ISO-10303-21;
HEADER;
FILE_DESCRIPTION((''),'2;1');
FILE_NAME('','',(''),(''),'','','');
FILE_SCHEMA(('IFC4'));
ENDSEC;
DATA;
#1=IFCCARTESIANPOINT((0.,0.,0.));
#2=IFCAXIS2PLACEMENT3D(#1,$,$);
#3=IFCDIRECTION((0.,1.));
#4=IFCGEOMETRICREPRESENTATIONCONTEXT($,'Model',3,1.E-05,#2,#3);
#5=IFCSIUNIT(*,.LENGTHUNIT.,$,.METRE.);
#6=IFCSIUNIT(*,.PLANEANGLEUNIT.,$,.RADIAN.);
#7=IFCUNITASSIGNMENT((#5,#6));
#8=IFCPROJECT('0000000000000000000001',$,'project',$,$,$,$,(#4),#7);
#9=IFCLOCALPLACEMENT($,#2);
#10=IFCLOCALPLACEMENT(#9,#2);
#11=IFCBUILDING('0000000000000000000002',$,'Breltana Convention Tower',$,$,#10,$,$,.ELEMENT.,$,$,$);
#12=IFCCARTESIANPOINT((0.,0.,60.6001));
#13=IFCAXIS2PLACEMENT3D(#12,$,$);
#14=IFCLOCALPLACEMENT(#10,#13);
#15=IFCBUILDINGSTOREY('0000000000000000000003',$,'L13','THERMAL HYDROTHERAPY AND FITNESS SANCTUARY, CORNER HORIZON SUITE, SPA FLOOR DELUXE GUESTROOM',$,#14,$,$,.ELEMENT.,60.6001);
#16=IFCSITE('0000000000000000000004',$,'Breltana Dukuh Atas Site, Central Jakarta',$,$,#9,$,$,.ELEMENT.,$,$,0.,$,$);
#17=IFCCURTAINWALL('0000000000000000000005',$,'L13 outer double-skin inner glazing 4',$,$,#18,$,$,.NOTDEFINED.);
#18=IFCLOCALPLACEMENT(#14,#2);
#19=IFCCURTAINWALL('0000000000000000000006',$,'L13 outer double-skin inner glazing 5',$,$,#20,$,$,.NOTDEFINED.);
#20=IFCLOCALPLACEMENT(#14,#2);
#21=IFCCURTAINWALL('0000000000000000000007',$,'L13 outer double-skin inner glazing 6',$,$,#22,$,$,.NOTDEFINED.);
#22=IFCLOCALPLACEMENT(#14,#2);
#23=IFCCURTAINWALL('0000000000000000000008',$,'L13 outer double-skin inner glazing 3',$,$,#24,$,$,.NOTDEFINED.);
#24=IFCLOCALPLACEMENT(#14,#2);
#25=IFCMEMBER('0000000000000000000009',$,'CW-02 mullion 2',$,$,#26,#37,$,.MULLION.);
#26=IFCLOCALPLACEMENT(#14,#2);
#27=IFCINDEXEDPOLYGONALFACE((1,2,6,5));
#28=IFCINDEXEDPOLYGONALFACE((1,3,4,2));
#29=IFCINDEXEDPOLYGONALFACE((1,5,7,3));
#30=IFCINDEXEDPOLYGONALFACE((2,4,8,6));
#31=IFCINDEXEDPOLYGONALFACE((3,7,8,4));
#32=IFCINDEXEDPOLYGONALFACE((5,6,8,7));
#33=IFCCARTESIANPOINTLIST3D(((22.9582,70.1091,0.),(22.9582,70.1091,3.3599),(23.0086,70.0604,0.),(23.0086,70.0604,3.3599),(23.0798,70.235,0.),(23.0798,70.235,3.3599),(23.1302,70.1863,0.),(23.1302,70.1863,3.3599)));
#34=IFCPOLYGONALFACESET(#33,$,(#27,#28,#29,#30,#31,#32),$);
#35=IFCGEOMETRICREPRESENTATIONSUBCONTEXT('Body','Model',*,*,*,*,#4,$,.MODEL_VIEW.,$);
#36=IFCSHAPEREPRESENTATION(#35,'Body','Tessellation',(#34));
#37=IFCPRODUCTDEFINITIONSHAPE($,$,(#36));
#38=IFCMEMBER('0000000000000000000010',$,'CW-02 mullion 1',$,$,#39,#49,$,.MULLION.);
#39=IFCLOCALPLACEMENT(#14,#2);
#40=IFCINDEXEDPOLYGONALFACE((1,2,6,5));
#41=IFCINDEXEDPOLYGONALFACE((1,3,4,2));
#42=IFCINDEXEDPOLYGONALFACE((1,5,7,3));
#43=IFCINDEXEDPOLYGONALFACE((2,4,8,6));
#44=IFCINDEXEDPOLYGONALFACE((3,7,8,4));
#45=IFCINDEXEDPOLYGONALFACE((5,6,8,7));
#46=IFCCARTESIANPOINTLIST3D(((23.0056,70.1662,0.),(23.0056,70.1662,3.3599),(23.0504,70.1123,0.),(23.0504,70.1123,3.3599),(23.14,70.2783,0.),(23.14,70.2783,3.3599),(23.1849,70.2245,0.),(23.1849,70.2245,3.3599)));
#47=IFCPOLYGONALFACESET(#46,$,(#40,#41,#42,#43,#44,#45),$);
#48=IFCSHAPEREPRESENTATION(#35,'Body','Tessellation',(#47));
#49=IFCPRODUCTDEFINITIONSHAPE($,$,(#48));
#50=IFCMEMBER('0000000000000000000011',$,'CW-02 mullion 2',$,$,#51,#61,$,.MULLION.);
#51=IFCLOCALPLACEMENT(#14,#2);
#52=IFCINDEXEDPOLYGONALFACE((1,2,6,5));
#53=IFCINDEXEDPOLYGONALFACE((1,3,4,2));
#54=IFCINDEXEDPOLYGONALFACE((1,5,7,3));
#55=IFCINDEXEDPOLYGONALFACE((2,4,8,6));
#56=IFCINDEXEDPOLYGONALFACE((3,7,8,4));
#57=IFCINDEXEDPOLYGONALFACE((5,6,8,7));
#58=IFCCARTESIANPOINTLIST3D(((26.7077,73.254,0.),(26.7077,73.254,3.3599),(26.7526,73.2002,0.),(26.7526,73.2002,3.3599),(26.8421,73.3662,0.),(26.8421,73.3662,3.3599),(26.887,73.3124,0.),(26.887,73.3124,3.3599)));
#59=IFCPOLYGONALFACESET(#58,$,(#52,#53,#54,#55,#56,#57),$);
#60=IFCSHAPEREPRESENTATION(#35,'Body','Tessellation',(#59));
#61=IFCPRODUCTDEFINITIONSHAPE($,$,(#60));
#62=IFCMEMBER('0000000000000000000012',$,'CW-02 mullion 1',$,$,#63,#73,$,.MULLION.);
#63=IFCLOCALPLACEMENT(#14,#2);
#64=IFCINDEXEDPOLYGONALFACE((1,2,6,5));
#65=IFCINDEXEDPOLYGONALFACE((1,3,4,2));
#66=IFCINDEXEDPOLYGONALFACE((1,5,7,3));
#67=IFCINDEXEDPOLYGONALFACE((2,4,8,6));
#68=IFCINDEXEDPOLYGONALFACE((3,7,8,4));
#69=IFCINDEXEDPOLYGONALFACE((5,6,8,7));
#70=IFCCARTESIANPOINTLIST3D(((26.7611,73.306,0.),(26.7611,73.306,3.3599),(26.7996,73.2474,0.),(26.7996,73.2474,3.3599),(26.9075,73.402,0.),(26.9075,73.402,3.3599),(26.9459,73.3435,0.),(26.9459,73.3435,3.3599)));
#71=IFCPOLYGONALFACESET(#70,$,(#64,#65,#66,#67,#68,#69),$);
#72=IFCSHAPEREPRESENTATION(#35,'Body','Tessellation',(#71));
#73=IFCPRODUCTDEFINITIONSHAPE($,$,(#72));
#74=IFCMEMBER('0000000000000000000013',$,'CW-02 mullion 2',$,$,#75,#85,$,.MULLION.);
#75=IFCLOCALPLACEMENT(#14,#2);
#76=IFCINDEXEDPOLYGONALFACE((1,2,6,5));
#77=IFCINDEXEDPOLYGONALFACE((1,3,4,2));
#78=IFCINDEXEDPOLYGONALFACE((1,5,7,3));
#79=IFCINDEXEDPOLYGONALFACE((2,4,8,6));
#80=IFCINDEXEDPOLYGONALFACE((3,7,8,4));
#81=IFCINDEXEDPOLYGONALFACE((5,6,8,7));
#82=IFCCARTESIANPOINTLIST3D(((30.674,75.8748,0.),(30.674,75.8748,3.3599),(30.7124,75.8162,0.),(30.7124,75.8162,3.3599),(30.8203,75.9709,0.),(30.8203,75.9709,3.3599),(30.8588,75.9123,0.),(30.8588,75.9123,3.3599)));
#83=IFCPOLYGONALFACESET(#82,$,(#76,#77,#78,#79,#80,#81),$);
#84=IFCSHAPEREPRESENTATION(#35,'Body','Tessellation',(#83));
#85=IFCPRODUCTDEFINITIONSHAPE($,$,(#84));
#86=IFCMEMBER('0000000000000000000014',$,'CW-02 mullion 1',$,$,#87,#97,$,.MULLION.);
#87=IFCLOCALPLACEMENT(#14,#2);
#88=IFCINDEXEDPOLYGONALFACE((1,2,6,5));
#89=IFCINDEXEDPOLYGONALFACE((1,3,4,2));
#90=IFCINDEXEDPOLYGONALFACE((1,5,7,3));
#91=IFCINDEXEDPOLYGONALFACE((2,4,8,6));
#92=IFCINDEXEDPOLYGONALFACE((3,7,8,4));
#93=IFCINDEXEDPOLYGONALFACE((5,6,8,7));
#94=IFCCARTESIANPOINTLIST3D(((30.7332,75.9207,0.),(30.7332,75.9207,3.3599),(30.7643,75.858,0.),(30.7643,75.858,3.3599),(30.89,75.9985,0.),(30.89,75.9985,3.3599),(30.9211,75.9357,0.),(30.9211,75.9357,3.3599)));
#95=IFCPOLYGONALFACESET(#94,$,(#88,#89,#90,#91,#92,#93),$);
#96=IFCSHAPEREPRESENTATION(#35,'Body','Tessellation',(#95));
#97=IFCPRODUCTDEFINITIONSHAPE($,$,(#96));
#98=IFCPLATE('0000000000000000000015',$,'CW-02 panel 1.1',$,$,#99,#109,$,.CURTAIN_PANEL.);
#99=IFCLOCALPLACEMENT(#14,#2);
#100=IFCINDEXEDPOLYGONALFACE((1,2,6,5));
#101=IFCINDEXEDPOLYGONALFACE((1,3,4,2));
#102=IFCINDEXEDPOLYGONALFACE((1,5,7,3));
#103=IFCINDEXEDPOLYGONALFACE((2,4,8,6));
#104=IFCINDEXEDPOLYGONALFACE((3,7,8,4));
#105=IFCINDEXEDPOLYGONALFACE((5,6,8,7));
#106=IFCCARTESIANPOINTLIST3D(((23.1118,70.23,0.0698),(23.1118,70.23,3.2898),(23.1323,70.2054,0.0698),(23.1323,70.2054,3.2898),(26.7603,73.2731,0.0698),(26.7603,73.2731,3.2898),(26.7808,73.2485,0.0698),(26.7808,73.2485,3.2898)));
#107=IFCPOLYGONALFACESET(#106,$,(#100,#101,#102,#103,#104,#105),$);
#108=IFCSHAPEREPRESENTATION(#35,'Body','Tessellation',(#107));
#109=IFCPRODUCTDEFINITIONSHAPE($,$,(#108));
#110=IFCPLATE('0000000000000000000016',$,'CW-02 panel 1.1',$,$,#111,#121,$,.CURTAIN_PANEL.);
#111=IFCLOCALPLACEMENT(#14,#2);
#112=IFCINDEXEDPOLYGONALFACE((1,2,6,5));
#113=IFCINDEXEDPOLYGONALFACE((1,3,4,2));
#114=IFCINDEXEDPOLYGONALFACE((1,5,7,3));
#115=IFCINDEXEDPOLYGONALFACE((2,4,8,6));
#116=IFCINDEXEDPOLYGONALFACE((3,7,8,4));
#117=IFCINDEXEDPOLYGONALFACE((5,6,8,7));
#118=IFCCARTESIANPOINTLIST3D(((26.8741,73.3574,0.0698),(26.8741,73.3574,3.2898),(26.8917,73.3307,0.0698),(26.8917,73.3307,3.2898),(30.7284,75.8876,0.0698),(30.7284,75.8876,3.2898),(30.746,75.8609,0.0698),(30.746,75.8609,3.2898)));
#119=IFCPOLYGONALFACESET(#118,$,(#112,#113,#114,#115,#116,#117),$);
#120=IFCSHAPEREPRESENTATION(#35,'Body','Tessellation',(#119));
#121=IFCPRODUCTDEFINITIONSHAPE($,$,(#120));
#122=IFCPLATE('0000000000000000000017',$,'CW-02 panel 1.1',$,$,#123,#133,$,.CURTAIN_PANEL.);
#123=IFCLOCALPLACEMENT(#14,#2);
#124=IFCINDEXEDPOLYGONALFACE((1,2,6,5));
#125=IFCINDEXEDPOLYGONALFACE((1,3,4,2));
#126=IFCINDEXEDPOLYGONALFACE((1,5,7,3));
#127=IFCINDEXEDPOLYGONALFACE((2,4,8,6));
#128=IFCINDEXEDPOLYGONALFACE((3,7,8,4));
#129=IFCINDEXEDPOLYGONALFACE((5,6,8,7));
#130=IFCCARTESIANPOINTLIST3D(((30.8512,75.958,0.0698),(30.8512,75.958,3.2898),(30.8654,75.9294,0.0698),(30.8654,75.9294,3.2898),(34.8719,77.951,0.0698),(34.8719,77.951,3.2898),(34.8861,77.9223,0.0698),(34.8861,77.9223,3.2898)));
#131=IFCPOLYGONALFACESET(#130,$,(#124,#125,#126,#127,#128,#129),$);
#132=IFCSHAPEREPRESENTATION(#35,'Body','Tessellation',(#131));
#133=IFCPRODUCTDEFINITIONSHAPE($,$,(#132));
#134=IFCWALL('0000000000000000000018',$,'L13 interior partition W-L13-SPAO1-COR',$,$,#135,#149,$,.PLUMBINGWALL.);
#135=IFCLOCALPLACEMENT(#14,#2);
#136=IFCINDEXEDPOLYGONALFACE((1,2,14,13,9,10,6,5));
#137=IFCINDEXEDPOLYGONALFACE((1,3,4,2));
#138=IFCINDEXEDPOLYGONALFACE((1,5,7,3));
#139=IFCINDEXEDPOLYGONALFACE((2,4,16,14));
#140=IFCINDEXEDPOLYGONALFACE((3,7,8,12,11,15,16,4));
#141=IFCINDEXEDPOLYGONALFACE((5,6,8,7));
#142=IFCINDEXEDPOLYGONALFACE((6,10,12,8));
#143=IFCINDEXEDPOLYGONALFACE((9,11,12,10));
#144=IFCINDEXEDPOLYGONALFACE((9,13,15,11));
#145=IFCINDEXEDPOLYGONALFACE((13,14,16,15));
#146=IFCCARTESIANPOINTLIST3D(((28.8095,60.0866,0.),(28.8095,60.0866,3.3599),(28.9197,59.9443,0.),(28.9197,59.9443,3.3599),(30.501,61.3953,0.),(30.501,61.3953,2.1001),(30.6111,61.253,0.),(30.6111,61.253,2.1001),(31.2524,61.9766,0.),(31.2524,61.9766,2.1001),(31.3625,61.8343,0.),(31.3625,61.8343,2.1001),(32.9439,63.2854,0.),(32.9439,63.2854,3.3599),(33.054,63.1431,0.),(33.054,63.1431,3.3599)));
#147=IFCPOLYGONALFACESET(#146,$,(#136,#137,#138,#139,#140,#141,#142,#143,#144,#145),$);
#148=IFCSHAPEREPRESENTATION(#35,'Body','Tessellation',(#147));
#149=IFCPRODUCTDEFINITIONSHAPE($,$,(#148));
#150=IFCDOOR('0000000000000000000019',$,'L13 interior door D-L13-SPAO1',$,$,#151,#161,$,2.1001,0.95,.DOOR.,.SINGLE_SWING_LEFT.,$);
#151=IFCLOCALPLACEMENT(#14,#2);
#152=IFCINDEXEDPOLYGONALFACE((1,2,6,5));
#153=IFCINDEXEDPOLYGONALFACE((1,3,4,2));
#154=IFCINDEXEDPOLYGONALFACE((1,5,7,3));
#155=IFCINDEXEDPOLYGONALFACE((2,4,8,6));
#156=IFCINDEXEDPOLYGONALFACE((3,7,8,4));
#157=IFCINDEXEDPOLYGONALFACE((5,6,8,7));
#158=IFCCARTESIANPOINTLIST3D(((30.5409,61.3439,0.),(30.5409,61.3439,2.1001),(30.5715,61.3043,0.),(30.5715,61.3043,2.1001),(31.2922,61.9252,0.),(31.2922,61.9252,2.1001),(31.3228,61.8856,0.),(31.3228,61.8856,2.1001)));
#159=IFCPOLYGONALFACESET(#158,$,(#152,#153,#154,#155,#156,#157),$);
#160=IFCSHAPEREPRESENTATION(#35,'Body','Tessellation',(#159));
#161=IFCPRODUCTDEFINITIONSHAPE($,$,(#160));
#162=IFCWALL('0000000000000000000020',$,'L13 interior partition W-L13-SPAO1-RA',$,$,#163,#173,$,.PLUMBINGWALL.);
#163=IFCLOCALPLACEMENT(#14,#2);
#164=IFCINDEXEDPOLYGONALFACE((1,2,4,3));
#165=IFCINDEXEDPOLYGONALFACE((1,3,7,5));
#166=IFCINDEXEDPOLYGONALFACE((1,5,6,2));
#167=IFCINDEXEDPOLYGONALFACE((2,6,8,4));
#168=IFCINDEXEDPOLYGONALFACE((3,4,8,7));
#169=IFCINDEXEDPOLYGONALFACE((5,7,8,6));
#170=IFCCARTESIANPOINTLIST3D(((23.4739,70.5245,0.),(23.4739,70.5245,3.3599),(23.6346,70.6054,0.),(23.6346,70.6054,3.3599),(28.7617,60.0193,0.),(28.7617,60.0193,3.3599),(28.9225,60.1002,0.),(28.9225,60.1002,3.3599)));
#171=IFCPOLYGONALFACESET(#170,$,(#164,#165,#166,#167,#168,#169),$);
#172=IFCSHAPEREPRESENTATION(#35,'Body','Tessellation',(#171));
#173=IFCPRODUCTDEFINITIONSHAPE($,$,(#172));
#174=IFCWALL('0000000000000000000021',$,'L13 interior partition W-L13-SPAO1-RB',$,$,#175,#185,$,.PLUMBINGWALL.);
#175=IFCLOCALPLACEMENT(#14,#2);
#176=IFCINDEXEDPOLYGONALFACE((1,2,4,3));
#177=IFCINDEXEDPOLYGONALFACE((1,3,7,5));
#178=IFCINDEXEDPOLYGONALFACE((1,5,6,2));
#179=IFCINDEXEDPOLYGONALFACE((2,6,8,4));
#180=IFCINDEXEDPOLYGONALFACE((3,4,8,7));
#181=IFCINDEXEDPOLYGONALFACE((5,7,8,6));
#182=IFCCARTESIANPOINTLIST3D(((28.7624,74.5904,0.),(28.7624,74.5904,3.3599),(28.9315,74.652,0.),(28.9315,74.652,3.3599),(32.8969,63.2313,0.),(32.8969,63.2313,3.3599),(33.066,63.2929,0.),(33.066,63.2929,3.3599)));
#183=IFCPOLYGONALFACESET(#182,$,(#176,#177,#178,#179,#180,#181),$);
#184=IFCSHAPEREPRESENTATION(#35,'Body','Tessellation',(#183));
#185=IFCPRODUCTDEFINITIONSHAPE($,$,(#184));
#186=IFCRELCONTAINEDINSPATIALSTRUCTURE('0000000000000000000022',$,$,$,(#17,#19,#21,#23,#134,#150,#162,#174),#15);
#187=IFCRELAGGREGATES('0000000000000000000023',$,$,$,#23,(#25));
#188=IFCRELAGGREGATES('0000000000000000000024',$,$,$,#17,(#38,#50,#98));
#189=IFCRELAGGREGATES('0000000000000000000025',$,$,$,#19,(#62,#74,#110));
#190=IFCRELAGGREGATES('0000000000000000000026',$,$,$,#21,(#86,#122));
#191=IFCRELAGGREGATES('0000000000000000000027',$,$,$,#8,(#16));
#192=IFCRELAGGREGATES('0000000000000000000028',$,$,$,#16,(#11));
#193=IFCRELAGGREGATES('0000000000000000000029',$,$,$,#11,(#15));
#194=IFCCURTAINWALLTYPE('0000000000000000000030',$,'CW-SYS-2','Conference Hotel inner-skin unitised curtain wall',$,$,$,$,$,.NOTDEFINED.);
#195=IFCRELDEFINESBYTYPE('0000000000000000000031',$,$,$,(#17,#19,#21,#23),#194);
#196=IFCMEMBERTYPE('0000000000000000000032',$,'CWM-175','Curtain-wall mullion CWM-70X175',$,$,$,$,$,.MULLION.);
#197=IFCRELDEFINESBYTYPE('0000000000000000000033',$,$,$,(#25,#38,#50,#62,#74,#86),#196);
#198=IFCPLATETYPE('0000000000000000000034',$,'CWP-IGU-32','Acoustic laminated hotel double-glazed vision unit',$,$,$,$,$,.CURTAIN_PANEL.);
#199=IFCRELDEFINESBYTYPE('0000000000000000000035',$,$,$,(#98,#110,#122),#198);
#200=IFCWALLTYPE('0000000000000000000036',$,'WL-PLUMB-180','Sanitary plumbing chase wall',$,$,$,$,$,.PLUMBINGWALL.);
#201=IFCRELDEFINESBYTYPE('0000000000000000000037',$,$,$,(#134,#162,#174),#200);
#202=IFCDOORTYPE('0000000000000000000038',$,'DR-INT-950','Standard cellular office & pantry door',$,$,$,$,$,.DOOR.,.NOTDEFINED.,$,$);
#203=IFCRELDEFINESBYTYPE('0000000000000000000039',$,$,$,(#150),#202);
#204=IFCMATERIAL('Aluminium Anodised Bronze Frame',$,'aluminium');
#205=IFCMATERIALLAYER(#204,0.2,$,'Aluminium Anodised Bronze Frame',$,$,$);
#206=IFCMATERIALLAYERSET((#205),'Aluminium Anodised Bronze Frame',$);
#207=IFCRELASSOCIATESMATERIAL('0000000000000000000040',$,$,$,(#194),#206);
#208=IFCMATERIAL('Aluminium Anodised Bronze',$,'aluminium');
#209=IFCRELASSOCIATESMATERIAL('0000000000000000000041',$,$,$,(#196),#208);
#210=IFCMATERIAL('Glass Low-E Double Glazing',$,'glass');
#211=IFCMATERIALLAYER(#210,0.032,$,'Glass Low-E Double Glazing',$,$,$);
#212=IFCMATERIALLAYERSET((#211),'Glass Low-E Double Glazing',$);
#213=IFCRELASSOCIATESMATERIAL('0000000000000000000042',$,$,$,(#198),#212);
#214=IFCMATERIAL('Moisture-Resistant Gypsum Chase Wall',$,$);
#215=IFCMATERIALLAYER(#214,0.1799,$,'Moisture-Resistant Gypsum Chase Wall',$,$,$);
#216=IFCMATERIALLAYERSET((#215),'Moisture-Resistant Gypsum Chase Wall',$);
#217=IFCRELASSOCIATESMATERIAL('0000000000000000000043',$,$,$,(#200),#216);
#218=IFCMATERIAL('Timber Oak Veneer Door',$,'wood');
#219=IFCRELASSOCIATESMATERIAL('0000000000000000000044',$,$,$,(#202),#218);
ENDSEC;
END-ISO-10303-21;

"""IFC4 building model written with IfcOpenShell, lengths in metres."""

from ifc_helpers import new_model, si_unit, direction, frame, frame_2d, origin, origin_2d, place, context, subcontext, project, spatial, rectangle, extrude, source, transform, mapped, material, layer, layer_set, material_profile, profile_set, type_object, type_shapes, element, fill, aggregate, save


model = new_model("IFC4")

# Units and contexts
model_context = context("Model", 3, precision=1e-05, world=origin(), true_north=direction((0.0, 1.0)))
body_context = subcontext(model_context, "Body", "Model", "MODEL_VIEW")
ifc_project = project(units=[si_unit("LENGTHUNIT", "METRE"), si_unit("PLANEANGLEUNIT", "RADIAN")], contexts=[model_context])

# Site, building, storey
site_placement = place(None, origin())
site = spatial("IfcSite", under=ifc_project, at=site_placement, Name="Breltana Dukuh Atas Site, Central Jakarta", CompositionType="ELEMENT", RefElevation=0.0)
building_placement = place(site_placement, origin())
building = spatial("IfcBuilding", under=site, at=building_placement, Name="Breltana Convention Tower", CompositionType="ELEMENT")
storey_placement = place(building_placement, frame((0.0, 0.0, 60.6001)))
storey = spatial("IfcBuildingStorey", under=building, at=storey_placement, Name="L13", Description="THERMAL HYDROTHERAPY AND FITNESS SANCTUARY, CORNER HORIZON SUITE, SPA FLOOR DELUXE GUESTROOM", CompositionType="ELEMENT", Elevation=60.6001)

# Curtain walls
ifc_material_1 = material(Name="Aluminium Anodised Bronze Frame", Category="aluminium")
ifc_layer_1 = layer(ifc_material_1, 0.2, Name="Aluminium Anodised Bronze Frame")
ifc_layer_set_1 = layer_set([ifc_layer_1], Name="Aluminium Anodised Bronze Frame")
curtain_wall_type = type_object("IfcCurtainWallType", Name="CW-SYS-2", Description="Conference Hotel inner-skin unitised curtain wall", PredefinedType="NOTDEFINED", material=ifc_layer_set_1)
curtain_wall_1_placement = place(storey_placement, origin())
curtain_wall_1 = element("IfcCurtainWall", 1, at=curtain_wall_1_placement, inside=storey, type_object=curtain_wall_type, Name="L13 outer double-skin inner glazing 4", PredefinedType="NOTDEFINED")
ifc_material_2 = material(Name="Aluminium Anodised Bronze", Category="aluminium")
curtain_wall_2_placement = place(storey_placement, origin())
curtain_wall_2 = element("IfcCurtainWall", 2, at=curtain_wall_2_placement, inside=storey, type_object=curtain_wall_type, Name="L13 outer double-skin inner glazing 5", PredefinedType="NOTDEFINED")
curtain_wall_3_placement = place(storey_placement, origin())
curtain_wall_3 = element("IfcCurtainWall", 3, at=curtain_wall_3_placement, inside=storey, type_object=curtain_wall_type, Name="L13 outer double-skin inner glazing 6", PredefinedType="NOTDEFINED")

# Curtain wall, member
curtain_wall_4_placement = place(storey_placement, origin())
curtain_wall_4 = element("IfcCurtainWall", 4, at=curtain_wall_4_placement, inside=storey, type_object=curtain_wall_type, Name="L13 outer double-skin inner glazing 3", PredefinedType="NOTDEFINED")
ifc_material_profile_1 = material_profile(ifc_material_2, rectangle(XDim=0.0701, YDim=0.175, at=origin_2d()), Name="CWM-70X175")
ifc_profile_set_1 = profile_set([ifc_material_profile_1], Name="Aluminium Anodised Bronze")
member_type_1 = type_object("IfcMemberType", Name="CWM-175", Description="Curtain-wall mullion CWM-70X175", PredefinedType="MULLION", material=ifc_profile_set_1)
shared_shape_1 = source(origin(), body_context, "Body", "SweptSolid", [
    extrude(rectangle(XDim=0.0701, YDim=0.175, at=origin_2d()), origin(), (0.0, 0.0, 1.0), 3.3599),
])
member_1_placement = place(storey_placement, frame((23.0442, 70.1477, 0.0), z_axis=(0.0, 0.0, 1.0), x_axis=(-0.719386, 0.69461, 0.0)))
member_1 = element("IfcMember", 5, at=member_1_placement, type_object=member_type_1, Name="CW-02 mullion 2", PredefinedType="MULLION", context=body_context, shape_type="MappedRepresentation", body=[
    mapped(shared_shape_1, transform((0.0, 0.0, 0.0), scale=1.0)),
])
aggregate(curtain_wall_4, [member_1])

# Members
member_2_placement = place(storey_placement, frame((23.0952, 70.1953, 0.0), z_axis=(0.0, 0.0, 1.0), x_axis=(-0.64052, 0.767941, 0.0)))
member_2 = element("IfcMember", 6, at=member_2_placement, type_object=member_type_1, Name="CW-02 mullion 1", PredefinedType="MULLION", context=body_context, shape_type="MappedRepresentation", body=[
    mapped(shared_shape_1, transform((0.0, 0.0, 0.0), scale=1.0)),
])
member_3_placement = place(storey_placement, frame((26.7974, 73.2832, 0.0), z_axis=(0.0, 0.0, 1.0), x_axis=(-0.64052, 0.767941, 0.0)))
member_3 = element("IfcMember", 7, at=member_3_placement, type_object=member_type_1, Name="CW-02 mullion 2", PredefinedType="MULLION", context=body_context, shape_type="MappedRepresentation", body=[
    mapped(shared_shape_1, transform((0.0, 0.0, 0.0), scale=1.0)),
])
member_4_placement = place(storey_placement, frame((26.8535, 73.3247, 0.0), z_axis=(0.0, 0.0, 1.0), x_axis=(-0.548784, 0.835964, 0.0)))
member_4 = element("IfcMember", 8, at=member_4_placement, type_object=member_type_1, Name="CW-02 mullion 1", PredefinedType="MULLION", context=body_context, shape_type="MappedRepresentation", body=[
    mapped(shared_shape_1, transform((0.0, 0.0, 0.0), scale=1.0)),
])
member_5_placement = place(storey_placement, frame((30.7664, 75.8936, 0.0), z_axis=(0.0, 0.0, 1.0), x_axis=(-0.548784, 0.835964, 0.0)))
member_5 = element("IfcMember", 9, at=member_5_placement, type_object=member_type_1, Name="CW-02 mullion 2", PredefinedType="MULLION", context=body_context, shape_type="MappedRepresentation", body=[
    mapped(shared_shape_1, transform((0.0, 0.0, 0.0), scale=1.0)),
])
member_6_placement = place(storey_placement, frame((30.8271, 75.9282, 0.0), z_axis=(0.0, 0.0, 1.0), x_axis=(-0.444108, 0.895973, 0.0)))
member_6 = element("IfcMember", 10, at=member_6_placement, type_object=member_type_1, Name="CW-02 mullion 1", PredefinedType="MULLION", context=body_context, shape_type="MappedRepresentation", body=[
    mapped(shared_shape_1, transform((0.0, 0.0, 0.0), scale=1.0)),
])

# Plates
ifc_material_3 = material(Name="Glass Low-E Double Glazing", Category="glass")
ifc_layer_2 = layer(ifc_material_3, 0.032, Name="Glass Low-E Double Glazing")
ifc_layer_set_2 = layer_set([ifc_layer_2], Name="Glass Low-E Double Glazing")
plate_type = type_object("IfcPlateType", Name="CWP-IGU-32", Description="Acoustic laminated hotel double-glazed vision unit", PredefinedType="CURTAIN_PANEL", material=ifc_layer_set_2)
shared_shape_2 = source(origin(), body_context, "Body", "SweptSolid", [
    extrude(rectangle(XDim=4.751, YDim=0.032, at=origin_2d()), origin(), (0.0, 0.0, 1.0), 3.22),
])
plate_1_placement = place(storey_placement, frame((24.9463, 71.7393, 0.0698), z_axis=(0.0, 0.0, 1.0), x_axis=(0.767941, 0.64052, 0.0)))
plate_1 = element("IfcPlate", 11, at=plate_1_placement, type_object=plate_type, Name="CW-02 panel 1.1", PredefinedType="CURTAIN_PANEL", context=body_context, shape_type="MappedRepresentation", body=[
    mapped(shared_shape_2, transform((0.0, 0.0, 0.0), scale=1.0)),
])
aggregate(curtain_wall_1, [member_2, member_3, plate_1])
shared_shape_3 = source(origin(), body_context, "Body", "SweptSolid", [
    extrude(rectangle(XDim=4.6106, YDim=0.032, at=origin_2d()), origin(), (0.0, 0.0, 1.0), 3.22),
])
plate_2_placement = place(storey_placement, frame((28.8101, 74.6091, 0.0698), z_axis=(0.0, 0.0, 1.0), x_axis=(0.835964, 0.548784, 0.0)))
plate_2 = element("IfcPlate", 12, at=plate_2_placement, type_object=plate_type, Name="CW-02 panel 1.1", PredefinedType="CURTAIN_PANEL", context=body_context, shape_type="MappedRepresentation", body=[
    mapped(shared_shape_3, transform((0.0, 0.0, 0.0), scale=1.0)),
])
aggregate(curtain_wall_2, [member_4, member_5, plate_2])
shared_shape_4 = source(origin(), body_context, "Body", "SweptSolid", [
    extrude(rectangle(XDim=4.4875, YDim=0.032, at=origin_2d()), origin(), (0.0, 0.0, 1.0), 3.22),
])
plate_3_placement = place(storey_placement, frame((32.8687, 76.9402, 0.0698), z_axis=(0.0, 0.0, 1.0), x_axis=(0.895973, 0.444108, 0.0)))
plate_3 = element("IfcPlate", 13, at=plate_3_placement, type_object=plate_type, Name="CW-02 panel 1.1", PredefinedType="CURTAIN_PANEL", context=body_context, shape_type="MappedRepresentation", body=[
    mapped(shared_shape_4, transform((0.0, 0.0, 0.0), scale=1.0)),
])
aggregate(curtain_wall_3, [member_6, plate_3])

# Wall, opening, door
ifc_material_4 = material(Name="Moisture-Resistant Gypsum Chase Wall")
ifc_layer_3 = layer(ifc_material_4, 0.1799, Name="Moisture-Resistant Gypsum Chase Wall")
ifc_layer_set_3 = layer_set([ifc_layer_3], Name="Moisture-Resistant Gypsum Chase Wall")
wall_type = type_object("IfcWallType", Name="WL-PLUMB-180", Description="Sanitary plumbing chase wall", PredefinedType="PLUMBINGWALL", material=ifc_layer_set_3)
shared_shape_5 = source(origin(), body_context, "Body", "SweptSolid", [
    extrude(rectangle(XDim=5.2273, YDim=0.1799, at=frame_2d((2.6138, 0.0))), origin(), (0.0, 0.0, 1.0), 3.3599),
])
wall_1_placement = place(storey_placement, frame((28.8645, 60.0154, 0.0), z_axis=(0.0, 0.0, 1.0), x_axis=(0.790909, 0.611934, 0.0)))
wall_1 = element("IfcWall", 14, at=wall_1_placement, inside=storey, type_object=wall_type, Name="L13 interior partition W-L13-SPAO1-COR", PredefinedType="PLUMBINGWALL", context=body_context, shape_type="MappedRepresentation", body=[
    mapped(shared_shape_5, transform((0.0, 0.0, 0.0), scale=1.0)),
])
opening_placement = place(wall_1_placement, frame((2.1387, 0.0, 0.0)))
opening = element("IfcOpeningElement", 15, at=opening_placement, cuts=wall_1, PredefinedType="OPENING", context=body_context, shape_type="SweptSolid", body=[
    extrude(rectangle(XDim=0.95, YDim=2.1001, at=frame_2d((0.4751, 1.05))), frame((0.0, 0.1001, 0.0), z_axis=(0.0, -1.0, 0.0), x_axis=(1.0, 0.0, 0.0)), (0.0, 0.0, 1.0), 0.2),
])
ifc_material_5 = material(Name="Timber Oak Veneer Door", Category="wood")
door_type = type_object("IfcDoorType", Name="DR-INT-950", Description="Standard cellular office & pantry door", OperationType="NOTDEFINED", PredefinedType="DOOR", material=ifc_material_5)
shared_shape_6 = source(origin(), body_context, "Body", "SweptSolid", [
    extrude(rectangle(XDim=0.95, YDim=2.1001, at=frame_2d((0.4751, 1.05))), frame((0.0, 0.0249, 0.0), z_axis=(0.0, -1.0, 0.0), x_axis=(1.0, 0.0, 0.0)), (0.0, 0.0, 1.0), 0.05),
])
type_shapes(door_type, [shared_shape_6])
door_placement = place(opening_placement, origin())
door = element("IfcDoor", 16, at=door_placement, inside=storey, type_object=door_type, Name="L13 interior door D-L13-SPAO1", OperationType="SINGLE_SWING_LEFT", OverallHeight=2.1001, OverallWidth=0.95, PredefinedType="DOOR", context=body_context, shape_type="MappedRepresentation", body=[
    mapped(shared_shape_6, transform((0.0, 0.0, 0.0), scale=1.0)),
])
fill(opening, door)

# Walls
shared_shape_7 = source(origin(), body_context, "Body", "SweptSolid", [
    extrude(rectangle(XDim=11.761, YDim=0.1799, at=frame_2d((5.8804, 0.0))), origin(), (0.0, 0.0, 1.0), 3.3599),
])
wall_2_placement = place(storey_placement, frame((28.842, 60.0598, 0.0), z_axis=(0.0, 0.0, 1.0), x_axis=(-0.449612, 0.893224, 0.0)))
element("IfcWall", 17, at=wall_2_placement, inside=storey, type_object=wall_type, Name="L13 interior partition W-L13-SPAO1-RA", PredefinedType="PLUMBINGWALL", context=body_context, shape_type="MappedRepresentation", body=[
    mapped(shared_shape_7, transform((0.0, 0.0, 0.0), scale=1.0)),
])
shared_shape_8 = source(origin(), body_context, "Body", "SweptSolid", [
    extrude(rectangle(XDim=12.0881, YDim=0.1799, at=frame_2d((6.0439, 0.0))), origin(), (0.0, 0.0, 1.0), 3.3599),
])
wall_3_placement = place(storey_placement, frame((32.9814, 63.2622, 0.0), z_axis=(0.0, 0.0, 1.0), x_axis=(-0.34203, 0.939689, 0.0)))
element("IfcWall", 18, at=wall_3_placement, inside=storey, type_object=wall_type, Name="L13 interior partition W-L13-SPAO1-RB", PredefinedType="PLUMBINGWALL", context=body_context, shape_type="MappedRepresentation", body=[
    mapped(shared_shape_8, transform((0.0, 0.0, 0.0), scale=1.0)),
])

save(model, "model.ifc")
